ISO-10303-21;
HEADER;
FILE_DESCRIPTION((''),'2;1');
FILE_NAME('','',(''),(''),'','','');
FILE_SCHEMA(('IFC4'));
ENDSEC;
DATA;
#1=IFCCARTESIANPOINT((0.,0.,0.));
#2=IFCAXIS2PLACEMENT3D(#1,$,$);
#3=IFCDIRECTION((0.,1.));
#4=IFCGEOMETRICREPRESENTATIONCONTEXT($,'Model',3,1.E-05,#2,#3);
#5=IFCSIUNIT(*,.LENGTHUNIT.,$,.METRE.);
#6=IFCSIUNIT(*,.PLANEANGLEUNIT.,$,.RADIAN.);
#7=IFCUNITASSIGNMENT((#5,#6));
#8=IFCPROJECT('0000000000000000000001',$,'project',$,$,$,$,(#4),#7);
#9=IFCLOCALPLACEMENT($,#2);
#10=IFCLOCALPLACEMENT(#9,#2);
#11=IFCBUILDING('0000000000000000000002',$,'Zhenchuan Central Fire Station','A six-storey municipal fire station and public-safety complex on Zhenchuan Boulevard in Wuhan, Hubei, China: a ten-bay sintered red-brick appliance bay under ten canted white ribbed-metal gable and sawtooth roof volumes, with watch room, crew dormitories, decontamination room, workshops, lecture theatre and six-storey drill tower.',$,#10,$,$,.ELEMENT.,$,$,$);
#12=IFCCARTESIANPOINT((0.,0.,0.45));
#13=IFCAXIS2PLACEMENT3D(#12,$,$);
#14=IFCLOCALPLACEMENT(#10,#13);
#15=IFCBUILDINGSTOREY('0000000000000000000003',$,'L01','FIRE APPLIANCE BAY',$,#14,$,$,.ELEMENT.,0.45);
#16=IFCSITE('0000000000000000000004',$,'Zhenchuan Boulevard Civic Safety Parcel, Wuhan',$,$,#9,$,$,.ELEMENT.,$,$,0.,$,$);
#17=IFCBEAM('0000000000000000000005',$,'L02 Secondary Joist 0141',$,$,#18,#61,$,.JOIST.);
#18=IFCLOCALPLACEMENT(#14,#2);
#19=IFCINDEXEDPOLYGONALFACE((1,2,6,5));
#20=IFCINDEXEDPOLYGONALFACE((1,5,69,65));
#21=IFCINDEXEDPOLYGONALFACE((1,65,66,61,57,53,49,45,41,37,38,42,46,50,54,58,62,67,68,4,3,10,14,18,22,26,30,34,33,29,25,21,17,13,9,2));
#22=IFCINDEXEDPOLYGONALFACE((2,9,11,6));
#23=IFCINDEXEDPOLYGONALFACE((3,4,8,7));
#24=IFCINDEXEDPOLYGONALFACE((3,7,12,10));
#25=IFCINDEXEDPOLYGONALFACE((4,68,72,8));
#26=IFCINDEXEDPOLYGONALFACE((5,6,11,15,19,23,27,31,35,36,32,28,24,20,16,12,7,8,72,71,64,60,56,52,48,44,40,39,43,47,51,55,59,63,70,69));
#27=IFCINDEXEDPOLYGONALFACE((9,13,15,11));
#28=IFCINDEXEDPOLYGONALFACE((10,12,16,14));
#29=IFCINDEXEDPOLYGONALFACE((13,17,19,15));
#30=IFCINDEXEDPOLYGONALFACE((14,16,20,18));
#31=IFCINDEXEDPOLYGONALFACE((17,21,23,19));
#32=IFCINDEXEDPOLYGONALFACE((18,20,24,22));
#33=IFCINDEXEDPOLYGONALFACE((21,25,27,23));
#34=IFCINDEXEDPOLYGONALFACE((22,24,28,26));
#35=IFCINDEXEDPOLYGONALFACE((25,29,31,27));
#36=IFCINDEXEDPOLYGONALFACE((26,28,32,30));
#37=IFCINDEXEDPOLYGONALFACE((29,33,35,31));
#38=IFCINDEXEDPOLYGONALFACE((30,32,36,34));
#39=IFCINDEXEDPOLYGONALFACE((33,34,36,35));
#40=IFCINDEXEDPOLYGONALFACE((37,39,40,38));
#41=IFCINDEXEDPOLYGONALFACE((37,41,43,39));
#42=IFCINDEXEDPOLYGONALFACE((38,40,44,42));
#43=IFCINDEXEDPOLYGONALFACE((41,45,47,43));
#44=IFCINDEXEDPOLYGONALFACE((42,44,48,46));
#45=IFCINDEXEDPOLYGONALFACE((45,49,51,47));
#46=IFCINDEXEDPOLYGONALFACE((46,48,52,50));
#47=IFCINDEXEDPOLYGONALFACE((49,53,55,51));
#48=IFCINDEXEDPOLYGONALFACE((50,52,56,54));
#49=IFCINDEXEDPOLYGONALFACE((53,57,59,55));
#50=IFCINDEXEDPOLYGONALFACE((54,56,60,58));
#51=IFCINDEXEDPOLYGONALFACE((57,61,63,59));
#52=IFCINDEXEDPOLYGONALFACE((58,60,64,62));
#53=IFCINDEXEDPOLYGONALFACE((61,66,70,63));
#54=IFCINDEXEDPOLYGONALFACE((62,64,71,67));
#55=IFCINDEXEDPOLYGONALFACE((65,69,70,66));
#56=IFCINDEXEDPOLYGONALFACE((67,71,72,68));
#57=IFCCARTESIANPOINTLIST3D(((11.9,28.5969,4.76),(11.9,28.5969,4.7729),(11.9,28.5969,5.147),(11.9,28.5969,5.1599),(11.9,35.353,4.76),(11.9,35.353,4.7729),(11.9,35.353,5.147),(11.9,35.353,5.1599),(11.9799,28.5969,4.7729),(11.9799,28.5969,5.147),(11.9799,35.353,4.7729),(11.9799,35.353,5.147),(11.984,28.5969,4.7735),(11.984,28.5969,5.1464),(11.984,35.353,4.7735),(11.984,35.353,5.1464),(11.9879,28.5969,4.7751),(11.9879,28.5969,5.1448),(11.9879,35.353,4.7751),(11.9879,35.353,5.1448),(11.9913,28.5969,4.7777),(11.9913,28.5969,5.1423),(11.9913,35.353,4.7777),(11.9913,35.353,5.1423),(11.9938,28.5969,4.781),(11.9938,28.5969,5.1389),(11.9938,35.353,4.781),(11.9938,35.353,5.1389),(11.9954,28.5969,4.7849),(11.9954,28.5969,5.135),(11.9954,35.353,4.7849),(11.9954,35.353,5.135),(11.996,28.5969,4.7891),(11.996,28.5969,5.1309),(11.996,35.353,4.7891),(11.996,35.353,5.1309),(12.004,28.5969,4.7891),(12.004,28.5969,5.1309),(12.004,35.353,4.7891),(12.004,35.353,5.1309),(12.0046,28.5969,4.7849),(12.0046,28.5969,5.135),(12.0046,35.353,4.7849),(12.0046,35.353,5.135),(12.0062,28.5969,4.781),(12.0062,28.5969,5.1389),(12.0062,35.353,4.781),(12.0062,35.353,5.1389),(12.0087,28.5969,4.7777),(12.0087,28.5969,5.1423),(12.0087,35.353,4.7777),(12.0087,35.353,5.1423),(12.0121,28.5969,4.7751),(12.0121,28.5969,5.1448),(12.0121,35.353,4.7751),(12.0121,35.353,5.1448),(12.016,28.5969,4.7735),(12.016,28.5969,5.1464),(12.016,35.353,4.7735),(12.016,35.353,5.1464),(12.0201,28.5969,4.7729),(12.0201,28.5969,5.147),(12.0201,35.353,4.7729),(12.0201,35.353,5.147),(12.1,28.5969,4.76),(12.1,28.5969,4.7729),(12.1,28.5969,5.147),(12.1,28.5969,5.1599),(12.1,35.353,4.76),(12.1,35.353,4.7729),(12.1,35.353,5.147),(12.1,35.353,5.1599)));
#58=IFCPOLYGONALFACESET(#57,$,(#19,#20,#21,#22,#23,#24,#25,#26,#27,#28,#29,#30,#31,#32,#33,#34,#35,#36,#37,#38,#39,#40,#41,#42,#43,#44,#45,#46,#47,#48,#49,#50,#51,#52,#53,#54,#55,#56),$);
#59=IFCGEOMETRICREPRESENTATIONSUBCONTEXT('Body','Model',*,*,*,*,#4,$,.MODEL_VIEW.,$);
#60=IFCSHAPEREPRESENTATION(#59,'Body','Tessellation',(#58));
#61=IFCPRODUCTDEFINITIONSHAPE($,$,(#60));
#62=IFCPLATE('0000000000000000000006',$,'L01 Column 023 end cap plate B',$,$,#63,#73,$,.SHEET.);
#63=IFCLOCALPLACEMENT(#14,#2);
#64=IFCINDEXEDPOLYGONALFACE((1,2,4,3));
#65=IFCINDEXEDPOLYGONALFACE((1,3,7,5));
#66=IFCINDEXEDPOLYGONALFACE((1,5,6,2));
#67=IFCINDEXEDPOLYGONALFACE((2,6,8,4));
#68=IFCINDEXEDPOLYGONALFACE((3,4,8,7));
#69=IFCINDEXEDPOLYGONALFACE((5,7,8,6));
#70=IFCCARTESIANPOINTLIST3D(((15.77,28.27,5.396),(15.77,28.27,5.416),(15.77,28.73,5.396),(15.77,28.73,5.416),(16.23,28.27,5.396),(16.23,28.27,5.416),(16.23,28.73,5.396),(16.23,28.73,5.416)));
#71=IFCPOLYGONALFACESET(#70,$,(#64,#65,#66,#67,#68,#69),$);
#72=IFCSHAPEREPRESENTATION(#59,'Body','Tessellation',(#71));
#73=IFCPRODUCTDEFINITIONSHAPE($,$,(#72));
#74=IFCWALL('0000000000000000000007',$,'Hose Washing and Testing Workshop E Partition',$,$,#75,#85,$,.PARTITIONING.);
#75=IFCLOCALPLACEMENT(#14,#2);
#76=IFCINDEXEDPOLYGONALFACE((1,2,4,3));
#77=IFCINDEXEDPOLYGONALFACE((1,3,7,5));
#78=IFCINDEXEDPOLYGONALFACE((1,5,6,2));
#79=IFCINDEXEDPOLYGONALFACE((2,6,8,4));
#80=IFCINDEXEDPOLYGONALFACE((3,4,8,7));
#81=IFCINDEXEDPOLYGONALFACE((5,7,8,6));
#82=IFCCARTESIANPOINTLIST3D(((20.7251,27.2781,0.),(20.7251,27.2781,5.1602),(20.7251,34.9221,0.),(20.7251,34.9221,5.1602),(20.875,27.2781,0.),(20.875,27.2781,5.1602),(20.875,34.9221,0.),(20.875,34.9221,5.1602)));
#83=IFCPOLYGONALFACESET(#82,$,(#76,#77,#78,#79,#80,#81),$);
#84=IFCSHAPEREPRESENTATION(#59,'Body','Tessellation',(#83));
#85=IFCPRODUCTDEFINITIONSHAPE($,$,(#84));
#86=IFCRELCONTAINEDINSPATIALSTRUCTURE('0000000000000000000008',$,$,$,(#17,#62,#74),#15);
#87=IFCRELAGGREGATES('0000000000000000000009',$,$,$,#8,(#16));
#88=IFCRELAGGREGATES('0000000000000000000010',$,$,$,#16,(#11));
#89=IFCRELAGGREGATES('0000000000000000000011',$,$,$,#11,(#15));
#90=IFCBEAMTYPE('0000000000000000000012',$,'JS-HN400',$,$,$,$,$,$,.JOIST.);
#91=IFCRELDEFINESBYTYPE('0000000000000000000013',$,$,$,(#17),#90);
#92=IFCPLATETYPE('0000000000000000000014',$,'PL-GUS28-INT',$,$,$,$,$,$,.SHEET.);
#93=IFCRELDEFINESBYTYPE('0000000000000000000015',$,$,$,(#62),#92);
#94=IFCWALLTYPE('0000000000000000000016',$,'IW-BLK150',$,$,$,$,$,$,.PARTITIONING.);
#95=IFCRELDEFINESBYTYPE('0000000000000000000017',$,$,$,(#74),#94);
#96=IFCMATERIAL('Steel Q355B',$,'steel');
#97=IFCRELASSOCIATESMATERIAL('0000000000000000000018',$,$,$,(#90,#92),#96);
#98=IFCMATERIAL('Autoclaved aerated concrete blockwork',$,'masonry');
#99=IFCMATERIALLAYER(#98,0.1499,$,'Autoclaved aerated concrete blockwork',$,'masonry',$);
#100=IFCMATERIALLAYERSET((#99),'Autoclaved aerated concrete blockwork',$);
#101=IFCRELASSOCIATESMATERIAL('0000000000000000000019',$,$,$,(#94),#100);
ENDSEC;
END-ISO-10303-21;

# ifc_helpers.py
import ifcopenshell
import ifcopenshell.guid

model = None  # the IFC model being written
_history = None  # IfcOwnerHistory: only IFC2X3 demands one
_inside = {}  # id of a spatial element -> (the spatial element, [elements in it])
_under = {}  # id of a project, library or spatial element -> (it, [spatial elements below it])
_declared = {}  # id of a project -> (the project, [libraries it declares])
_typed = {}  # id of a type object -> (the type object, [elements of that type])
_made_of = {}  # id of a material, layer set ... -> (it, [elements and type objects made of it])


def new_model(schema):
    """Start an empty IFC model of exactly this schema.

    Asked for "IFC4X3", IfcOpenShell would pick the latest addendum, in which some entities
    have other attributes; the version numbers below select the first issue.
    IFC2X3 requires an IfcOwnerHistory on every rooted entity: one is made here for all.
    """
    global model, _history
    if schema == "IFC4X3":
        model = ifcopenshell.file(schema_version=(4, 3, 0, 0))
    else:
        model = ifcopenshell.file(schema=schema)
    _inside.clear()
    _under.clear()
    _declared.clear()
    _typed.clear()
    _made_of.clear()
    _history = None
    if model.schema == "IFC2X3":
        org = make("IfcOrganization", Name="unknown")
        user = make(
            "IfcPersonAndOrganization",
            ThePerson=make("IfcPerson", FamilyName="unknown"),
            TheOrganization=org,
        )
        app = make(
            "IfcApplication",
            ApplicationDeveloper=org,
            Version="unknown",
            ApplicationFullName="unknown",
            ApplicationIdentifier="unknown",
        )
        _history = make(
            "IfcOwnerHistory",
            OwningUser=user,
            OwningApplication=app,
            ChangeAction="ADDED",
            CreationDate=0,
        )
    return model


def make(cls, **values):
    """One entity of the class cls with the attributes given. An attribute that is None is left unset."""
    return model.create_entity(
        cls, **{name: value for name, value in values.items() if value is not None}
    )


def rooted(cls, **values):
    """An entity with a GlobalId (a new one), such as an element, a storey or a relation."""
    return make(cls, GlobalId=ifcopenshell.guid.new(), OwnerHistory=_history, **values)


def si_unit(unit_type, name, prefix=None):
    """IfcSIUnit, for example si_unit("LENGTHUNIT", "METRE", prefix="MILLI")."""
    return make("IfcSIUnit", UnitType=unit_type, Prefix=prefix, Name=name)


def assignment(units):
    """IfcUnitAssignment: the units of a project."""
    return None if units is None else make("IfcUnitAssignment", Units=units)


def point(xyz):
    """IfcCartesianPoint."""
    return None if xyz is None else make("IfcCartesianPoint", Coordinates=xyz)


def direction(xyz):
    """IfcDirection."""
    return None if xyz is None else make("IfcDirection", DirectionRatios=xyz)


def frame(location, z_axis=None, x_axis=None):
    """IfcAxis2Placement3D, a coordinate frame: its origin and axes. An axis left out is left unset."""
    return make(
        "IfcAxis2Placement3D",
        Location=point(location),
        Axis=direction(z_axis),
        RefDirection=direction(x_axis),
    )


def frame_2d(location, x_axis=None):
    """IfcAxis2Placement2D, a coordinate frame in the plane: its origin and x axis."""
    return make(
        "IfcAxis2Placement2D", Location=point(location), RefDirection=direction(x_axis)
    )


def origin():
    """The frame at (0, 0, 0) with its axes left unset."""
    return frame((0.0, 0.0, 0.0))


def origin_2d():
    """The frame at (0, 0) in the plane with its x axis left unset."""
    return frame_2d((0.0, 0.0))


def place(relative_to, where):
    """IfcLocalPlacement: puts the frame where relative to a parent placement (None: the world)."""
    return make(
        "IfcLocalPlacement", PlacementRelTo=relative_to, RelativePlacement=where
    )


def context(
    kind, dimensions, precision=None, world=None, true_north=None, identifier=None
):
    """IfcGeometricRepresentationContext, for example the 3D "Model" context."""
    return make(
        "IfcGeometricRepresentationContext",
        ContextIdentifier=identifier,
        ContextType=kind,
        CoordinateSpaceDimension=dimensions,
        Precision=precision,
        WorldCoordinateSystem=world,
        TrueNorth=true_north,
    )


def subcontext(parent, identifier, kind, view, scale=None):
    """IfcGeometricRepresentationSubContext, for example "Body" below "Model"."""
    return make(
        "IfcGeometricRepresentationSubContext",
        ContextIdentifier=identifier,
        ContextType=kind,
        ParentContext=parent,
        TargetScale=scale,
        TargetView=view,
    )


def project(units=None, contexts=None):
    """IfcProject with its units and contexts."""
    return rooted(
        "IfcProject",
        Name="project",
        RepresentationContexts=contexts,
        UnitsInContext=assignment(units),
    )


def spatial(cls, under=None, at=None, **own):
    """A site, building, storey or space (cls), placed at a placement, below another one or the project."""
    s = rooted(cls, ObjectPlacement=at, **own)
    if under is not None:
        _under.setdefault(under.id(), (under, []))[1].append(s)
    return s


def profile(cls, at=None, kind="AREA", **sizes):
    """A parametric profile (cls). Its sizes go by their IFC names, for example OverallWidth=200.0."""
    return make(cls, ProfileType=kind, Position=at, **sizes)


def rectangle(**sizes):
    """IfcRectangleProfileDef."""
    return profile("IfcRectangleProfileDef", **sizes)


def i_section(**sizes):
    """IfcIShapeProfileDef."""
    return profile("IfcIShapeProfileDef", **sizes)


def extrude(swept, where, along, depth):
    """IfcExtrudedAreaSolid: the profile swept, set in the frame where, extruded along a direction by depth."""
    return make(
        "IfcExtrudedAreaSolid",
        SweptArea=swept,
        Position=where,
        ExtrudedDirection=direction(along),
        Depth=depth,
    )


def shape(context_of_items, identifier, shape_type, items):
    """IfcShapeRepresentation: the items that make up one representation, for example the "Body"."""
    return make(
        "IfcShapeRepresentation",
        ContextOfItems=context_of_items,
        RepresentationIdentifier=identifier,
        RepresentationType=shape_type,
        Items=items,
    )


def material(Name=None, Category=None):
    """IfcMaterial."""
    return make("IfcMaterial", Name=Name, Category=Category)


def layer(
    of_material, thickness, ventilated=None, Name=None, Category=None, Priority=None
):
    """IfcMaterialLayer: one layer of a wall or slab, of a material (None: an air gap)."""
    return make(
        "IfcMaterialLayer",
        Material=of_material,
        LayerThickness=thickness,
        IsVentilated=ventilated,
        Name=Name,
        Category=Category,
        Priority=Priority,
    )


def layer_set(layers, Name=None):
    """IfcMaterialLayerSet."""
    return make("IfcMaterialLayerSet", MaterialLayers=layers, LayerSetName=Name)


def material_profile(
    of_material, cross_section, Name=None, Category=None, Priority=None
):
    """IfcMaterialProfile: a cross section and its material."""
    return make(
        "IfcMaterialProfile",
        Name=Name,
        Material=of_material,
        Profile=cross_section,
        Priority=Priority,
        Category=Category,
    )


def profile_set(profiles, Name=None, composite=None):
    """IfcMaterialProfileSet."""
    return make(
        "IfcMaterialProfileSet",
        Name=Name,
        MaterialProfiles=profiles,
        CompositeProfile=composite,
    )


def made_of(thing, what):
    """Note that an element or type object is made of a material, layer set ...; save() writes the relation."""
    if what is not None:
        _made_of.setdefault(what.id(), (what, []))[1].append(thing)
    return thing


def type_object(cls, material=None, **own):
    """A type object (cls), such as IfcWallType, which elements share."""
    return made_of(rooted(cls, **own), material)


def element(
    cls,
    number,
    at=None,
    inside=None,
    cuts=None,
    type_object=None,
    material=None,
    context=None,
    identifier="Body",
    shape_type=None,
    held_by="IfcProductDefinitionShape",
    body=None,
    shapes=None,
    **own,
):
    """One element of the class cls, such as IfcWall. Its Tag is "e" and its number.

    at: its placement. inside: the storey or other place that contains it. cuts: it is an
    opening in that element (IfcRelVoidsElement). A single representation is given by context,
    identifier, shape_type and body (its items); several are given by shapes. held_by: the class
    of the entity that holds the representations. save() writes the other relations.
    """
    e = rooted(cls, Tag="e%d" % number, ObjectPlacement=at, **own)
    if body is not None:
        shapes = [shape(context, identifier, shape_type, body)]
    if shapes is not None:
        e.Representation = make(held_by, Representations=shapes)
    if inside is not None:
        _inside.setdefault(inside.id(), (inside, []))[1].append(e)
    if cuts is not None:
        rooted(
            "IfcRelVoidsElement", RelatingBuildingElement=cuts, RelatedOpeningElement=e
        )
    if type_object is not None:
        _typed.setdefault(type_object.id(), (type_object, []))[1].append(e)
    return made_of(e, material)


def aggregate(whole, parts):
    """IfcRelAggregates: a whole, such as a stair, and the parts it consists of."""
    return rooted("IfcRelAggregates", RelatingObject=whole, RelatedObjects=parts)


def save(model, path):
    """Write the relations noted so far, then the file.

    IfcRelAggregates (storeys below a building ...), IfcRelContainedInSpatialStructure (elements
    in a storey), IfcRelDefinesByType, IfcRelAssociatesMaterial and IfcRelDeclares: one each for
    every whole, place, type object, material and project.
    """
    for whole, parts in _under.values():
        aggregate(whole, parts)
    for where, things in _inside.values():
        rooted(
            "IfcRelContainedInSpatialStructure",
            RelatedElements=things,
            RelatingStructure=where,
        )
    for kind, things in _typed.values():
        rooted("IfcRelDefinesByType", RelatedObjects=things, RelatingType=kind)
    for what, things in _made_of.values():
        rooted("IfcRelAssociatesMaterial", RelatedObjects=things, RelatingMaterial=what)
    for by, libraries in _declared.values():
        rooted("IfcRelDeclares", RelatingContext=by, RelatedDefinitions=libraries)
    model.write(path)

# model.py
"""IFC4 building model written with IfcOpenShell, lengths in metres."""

from ifc_helpers import new_model, si_unit, direction, frame, frame_2d, origin, origin_2d, place, context, subcontext, project, spatial, rectangle, i_section, extrude, material, layer, layer_set, material_profile, profile_set, type_object, element, save


model = new_model("IFC4")

# Units and contexts
model_context = context("Model", 3, precision=1e-05, world=origin(), true_north=direction((0.0, 1.0)))
body_context = subcontext(model_context, "Body", "Model", "MODEL_VIEW")
ifc_project = project(units=[si_unit("LENGTHUNIT", "METRE"), si_unit("PLANEANGLEUNIT", "RADIAN")], contexts=[model_context])

# Site, building, storey
site_placement = place(None, origin())
site = spatial("IfcSite", under=ifc_project, at=site_placement, Name="Zhenchuan Boulevard Civic Safety Parcel, Wuhan", CompositionType="ELEMENT", RefElevation=0.0)
building_placement = place(site_placement, origin())
building = spatial("IfcBuilding", under=site, at=building_placement, Name="Zhenchuan Central Fire Station", Description="A six-storey municipal fire station and public-safety complex on Zhenchuan Boulevard in Wuhan, Hubei, China: a ten-bay sintered red-brick appliance bay under ten canted white ribbed-metal gable and sawtooth roof volumes, with watch room, crew dormitories, decontamination room, workshops, lecture theatre and six-storey drill tower.", CompositionType="ELEMENT")
storey_placement = place(building_placement, frame((0.0, 0.0, 0.45)))
storey = spatial("IfcBuildingStorey", under=building, at=storey_placement, Name="L01", Description="FIRE APPLIANCE BAY", CompositionType="ELEMENT", Elevation=0.45)

# Shared definitions
ifc_material_1 = material(Name="Steel Q355B", Category="steel")

# Beam
ifc_material_profile_1 = material_profile(ifc_material_1, i_section(OverallWidth=0.2, OverallDepth=0.3999, WebThickness=0.0081, FlangeThickness=0.0129, FilletRadius=0.0161, at=origin_2d()), Name="HN 400x200")
ifc_profile_set_1 = profile_set([ifc_material_profile_1], Name="Steel Q355B")
beam_type_1 = type_object("IfcBeamType", Name="JS-HN400", PredefinedType="JOIST", material=ifc_profile_set_1)
beam_1_placement = place(storey_placement, frame((12.0, 28.5969, 4.96), z_axis=(0.0, 1.0, 0.0), x_axis=(-1.0, 0.0, 0.0)))
element("IfcBeam", 1, at=beam_1_placement, inside=storey, type_object=beam_type_1, Name="L02 Secondary Joist 0141", PredefinedType="JOIST", context=body_context, shape_type="SweptSolid", body=[
    extrude(i_section(OverallWidth=0.2, OverallDepth=0.3999, WebThickness=0.0081, FlangeThickness=0.0129, FilletRadius=0.0161, at=origin_2d()), origin(), (0.0, 0.0, 1.0), 6.7561),
])

# Plate
ifc_material_profile_2 = material_profile(ifc_material_1, rectangle(XDim=0.46, YDim=0.46, at=origin_2d()), Name="PL 460x460x28")
ifc_profile_set_2 = profile_set([ifc_material_profile_2], Name="Steel Q355B")
plate_type = type_object("IfcPlateType", Name="PL-GUS28-INT", PredefinedType="SHEET", material=ifc_profile_set_2)
plate_placement = place(storey_placement, frame((16.0, 28.5, 5.396), z_axis=(0.0, 0.0, 1.0), x_axis=(1.0, 0.0, 0.0)))
element("IfcPlate", 2, at=plate_placement, inside=storey, type_object=plate_type, Name="L01 Column 023 end cap plate B", PredefinedType="SHEET", context=body_context, shape_type="SweptSolid", body=[
    extrude(rectangle(XDim=0.46, YDim=0.46, at=origin_2d()), origin(), (0.0, 0.0, 1.0), 0.02),
])

# Wall
ifc_material_2 = material(Name="Autoclaved aerated concrete blockwork", Category="masonry")
ifc_layer = layer(ifc_material_2, 0.1499, Name="Autoclaved aerated concrete blockwork", Category="masonry")
ifc_layer_set = layer_set([ifc_layer], Name="Autoclaved aerated concrete blockwork")
wall_type = type_object("IfcWallType", Name="IW-BLK150", PredefinedType="PARTITIONING", material=ifc_layer_set)
wall_placement = place(storey_placement, frame((20.8, 27.2781, 0.0), z_axis=(0.0, 0.0, 1.0), x_axis=(0.0, 1.0, 0.0)))
element("IfcWall", 3, at=wall_placement, inside=storey, type_object=wall_type, Name="Hose Washing and Testing Workshop E Partition", PredefinedType="PARTITIONING", context=body_context, shape_type="SweptSolid", body=[
    extrude(rectangle(XDim=7.644, YDim=0.1499, at=frame_2d((3.822, 0.0))), origin(), (0.0, 0.0, 1.0), 5.1602),
])

save(model, "model.ifc")
